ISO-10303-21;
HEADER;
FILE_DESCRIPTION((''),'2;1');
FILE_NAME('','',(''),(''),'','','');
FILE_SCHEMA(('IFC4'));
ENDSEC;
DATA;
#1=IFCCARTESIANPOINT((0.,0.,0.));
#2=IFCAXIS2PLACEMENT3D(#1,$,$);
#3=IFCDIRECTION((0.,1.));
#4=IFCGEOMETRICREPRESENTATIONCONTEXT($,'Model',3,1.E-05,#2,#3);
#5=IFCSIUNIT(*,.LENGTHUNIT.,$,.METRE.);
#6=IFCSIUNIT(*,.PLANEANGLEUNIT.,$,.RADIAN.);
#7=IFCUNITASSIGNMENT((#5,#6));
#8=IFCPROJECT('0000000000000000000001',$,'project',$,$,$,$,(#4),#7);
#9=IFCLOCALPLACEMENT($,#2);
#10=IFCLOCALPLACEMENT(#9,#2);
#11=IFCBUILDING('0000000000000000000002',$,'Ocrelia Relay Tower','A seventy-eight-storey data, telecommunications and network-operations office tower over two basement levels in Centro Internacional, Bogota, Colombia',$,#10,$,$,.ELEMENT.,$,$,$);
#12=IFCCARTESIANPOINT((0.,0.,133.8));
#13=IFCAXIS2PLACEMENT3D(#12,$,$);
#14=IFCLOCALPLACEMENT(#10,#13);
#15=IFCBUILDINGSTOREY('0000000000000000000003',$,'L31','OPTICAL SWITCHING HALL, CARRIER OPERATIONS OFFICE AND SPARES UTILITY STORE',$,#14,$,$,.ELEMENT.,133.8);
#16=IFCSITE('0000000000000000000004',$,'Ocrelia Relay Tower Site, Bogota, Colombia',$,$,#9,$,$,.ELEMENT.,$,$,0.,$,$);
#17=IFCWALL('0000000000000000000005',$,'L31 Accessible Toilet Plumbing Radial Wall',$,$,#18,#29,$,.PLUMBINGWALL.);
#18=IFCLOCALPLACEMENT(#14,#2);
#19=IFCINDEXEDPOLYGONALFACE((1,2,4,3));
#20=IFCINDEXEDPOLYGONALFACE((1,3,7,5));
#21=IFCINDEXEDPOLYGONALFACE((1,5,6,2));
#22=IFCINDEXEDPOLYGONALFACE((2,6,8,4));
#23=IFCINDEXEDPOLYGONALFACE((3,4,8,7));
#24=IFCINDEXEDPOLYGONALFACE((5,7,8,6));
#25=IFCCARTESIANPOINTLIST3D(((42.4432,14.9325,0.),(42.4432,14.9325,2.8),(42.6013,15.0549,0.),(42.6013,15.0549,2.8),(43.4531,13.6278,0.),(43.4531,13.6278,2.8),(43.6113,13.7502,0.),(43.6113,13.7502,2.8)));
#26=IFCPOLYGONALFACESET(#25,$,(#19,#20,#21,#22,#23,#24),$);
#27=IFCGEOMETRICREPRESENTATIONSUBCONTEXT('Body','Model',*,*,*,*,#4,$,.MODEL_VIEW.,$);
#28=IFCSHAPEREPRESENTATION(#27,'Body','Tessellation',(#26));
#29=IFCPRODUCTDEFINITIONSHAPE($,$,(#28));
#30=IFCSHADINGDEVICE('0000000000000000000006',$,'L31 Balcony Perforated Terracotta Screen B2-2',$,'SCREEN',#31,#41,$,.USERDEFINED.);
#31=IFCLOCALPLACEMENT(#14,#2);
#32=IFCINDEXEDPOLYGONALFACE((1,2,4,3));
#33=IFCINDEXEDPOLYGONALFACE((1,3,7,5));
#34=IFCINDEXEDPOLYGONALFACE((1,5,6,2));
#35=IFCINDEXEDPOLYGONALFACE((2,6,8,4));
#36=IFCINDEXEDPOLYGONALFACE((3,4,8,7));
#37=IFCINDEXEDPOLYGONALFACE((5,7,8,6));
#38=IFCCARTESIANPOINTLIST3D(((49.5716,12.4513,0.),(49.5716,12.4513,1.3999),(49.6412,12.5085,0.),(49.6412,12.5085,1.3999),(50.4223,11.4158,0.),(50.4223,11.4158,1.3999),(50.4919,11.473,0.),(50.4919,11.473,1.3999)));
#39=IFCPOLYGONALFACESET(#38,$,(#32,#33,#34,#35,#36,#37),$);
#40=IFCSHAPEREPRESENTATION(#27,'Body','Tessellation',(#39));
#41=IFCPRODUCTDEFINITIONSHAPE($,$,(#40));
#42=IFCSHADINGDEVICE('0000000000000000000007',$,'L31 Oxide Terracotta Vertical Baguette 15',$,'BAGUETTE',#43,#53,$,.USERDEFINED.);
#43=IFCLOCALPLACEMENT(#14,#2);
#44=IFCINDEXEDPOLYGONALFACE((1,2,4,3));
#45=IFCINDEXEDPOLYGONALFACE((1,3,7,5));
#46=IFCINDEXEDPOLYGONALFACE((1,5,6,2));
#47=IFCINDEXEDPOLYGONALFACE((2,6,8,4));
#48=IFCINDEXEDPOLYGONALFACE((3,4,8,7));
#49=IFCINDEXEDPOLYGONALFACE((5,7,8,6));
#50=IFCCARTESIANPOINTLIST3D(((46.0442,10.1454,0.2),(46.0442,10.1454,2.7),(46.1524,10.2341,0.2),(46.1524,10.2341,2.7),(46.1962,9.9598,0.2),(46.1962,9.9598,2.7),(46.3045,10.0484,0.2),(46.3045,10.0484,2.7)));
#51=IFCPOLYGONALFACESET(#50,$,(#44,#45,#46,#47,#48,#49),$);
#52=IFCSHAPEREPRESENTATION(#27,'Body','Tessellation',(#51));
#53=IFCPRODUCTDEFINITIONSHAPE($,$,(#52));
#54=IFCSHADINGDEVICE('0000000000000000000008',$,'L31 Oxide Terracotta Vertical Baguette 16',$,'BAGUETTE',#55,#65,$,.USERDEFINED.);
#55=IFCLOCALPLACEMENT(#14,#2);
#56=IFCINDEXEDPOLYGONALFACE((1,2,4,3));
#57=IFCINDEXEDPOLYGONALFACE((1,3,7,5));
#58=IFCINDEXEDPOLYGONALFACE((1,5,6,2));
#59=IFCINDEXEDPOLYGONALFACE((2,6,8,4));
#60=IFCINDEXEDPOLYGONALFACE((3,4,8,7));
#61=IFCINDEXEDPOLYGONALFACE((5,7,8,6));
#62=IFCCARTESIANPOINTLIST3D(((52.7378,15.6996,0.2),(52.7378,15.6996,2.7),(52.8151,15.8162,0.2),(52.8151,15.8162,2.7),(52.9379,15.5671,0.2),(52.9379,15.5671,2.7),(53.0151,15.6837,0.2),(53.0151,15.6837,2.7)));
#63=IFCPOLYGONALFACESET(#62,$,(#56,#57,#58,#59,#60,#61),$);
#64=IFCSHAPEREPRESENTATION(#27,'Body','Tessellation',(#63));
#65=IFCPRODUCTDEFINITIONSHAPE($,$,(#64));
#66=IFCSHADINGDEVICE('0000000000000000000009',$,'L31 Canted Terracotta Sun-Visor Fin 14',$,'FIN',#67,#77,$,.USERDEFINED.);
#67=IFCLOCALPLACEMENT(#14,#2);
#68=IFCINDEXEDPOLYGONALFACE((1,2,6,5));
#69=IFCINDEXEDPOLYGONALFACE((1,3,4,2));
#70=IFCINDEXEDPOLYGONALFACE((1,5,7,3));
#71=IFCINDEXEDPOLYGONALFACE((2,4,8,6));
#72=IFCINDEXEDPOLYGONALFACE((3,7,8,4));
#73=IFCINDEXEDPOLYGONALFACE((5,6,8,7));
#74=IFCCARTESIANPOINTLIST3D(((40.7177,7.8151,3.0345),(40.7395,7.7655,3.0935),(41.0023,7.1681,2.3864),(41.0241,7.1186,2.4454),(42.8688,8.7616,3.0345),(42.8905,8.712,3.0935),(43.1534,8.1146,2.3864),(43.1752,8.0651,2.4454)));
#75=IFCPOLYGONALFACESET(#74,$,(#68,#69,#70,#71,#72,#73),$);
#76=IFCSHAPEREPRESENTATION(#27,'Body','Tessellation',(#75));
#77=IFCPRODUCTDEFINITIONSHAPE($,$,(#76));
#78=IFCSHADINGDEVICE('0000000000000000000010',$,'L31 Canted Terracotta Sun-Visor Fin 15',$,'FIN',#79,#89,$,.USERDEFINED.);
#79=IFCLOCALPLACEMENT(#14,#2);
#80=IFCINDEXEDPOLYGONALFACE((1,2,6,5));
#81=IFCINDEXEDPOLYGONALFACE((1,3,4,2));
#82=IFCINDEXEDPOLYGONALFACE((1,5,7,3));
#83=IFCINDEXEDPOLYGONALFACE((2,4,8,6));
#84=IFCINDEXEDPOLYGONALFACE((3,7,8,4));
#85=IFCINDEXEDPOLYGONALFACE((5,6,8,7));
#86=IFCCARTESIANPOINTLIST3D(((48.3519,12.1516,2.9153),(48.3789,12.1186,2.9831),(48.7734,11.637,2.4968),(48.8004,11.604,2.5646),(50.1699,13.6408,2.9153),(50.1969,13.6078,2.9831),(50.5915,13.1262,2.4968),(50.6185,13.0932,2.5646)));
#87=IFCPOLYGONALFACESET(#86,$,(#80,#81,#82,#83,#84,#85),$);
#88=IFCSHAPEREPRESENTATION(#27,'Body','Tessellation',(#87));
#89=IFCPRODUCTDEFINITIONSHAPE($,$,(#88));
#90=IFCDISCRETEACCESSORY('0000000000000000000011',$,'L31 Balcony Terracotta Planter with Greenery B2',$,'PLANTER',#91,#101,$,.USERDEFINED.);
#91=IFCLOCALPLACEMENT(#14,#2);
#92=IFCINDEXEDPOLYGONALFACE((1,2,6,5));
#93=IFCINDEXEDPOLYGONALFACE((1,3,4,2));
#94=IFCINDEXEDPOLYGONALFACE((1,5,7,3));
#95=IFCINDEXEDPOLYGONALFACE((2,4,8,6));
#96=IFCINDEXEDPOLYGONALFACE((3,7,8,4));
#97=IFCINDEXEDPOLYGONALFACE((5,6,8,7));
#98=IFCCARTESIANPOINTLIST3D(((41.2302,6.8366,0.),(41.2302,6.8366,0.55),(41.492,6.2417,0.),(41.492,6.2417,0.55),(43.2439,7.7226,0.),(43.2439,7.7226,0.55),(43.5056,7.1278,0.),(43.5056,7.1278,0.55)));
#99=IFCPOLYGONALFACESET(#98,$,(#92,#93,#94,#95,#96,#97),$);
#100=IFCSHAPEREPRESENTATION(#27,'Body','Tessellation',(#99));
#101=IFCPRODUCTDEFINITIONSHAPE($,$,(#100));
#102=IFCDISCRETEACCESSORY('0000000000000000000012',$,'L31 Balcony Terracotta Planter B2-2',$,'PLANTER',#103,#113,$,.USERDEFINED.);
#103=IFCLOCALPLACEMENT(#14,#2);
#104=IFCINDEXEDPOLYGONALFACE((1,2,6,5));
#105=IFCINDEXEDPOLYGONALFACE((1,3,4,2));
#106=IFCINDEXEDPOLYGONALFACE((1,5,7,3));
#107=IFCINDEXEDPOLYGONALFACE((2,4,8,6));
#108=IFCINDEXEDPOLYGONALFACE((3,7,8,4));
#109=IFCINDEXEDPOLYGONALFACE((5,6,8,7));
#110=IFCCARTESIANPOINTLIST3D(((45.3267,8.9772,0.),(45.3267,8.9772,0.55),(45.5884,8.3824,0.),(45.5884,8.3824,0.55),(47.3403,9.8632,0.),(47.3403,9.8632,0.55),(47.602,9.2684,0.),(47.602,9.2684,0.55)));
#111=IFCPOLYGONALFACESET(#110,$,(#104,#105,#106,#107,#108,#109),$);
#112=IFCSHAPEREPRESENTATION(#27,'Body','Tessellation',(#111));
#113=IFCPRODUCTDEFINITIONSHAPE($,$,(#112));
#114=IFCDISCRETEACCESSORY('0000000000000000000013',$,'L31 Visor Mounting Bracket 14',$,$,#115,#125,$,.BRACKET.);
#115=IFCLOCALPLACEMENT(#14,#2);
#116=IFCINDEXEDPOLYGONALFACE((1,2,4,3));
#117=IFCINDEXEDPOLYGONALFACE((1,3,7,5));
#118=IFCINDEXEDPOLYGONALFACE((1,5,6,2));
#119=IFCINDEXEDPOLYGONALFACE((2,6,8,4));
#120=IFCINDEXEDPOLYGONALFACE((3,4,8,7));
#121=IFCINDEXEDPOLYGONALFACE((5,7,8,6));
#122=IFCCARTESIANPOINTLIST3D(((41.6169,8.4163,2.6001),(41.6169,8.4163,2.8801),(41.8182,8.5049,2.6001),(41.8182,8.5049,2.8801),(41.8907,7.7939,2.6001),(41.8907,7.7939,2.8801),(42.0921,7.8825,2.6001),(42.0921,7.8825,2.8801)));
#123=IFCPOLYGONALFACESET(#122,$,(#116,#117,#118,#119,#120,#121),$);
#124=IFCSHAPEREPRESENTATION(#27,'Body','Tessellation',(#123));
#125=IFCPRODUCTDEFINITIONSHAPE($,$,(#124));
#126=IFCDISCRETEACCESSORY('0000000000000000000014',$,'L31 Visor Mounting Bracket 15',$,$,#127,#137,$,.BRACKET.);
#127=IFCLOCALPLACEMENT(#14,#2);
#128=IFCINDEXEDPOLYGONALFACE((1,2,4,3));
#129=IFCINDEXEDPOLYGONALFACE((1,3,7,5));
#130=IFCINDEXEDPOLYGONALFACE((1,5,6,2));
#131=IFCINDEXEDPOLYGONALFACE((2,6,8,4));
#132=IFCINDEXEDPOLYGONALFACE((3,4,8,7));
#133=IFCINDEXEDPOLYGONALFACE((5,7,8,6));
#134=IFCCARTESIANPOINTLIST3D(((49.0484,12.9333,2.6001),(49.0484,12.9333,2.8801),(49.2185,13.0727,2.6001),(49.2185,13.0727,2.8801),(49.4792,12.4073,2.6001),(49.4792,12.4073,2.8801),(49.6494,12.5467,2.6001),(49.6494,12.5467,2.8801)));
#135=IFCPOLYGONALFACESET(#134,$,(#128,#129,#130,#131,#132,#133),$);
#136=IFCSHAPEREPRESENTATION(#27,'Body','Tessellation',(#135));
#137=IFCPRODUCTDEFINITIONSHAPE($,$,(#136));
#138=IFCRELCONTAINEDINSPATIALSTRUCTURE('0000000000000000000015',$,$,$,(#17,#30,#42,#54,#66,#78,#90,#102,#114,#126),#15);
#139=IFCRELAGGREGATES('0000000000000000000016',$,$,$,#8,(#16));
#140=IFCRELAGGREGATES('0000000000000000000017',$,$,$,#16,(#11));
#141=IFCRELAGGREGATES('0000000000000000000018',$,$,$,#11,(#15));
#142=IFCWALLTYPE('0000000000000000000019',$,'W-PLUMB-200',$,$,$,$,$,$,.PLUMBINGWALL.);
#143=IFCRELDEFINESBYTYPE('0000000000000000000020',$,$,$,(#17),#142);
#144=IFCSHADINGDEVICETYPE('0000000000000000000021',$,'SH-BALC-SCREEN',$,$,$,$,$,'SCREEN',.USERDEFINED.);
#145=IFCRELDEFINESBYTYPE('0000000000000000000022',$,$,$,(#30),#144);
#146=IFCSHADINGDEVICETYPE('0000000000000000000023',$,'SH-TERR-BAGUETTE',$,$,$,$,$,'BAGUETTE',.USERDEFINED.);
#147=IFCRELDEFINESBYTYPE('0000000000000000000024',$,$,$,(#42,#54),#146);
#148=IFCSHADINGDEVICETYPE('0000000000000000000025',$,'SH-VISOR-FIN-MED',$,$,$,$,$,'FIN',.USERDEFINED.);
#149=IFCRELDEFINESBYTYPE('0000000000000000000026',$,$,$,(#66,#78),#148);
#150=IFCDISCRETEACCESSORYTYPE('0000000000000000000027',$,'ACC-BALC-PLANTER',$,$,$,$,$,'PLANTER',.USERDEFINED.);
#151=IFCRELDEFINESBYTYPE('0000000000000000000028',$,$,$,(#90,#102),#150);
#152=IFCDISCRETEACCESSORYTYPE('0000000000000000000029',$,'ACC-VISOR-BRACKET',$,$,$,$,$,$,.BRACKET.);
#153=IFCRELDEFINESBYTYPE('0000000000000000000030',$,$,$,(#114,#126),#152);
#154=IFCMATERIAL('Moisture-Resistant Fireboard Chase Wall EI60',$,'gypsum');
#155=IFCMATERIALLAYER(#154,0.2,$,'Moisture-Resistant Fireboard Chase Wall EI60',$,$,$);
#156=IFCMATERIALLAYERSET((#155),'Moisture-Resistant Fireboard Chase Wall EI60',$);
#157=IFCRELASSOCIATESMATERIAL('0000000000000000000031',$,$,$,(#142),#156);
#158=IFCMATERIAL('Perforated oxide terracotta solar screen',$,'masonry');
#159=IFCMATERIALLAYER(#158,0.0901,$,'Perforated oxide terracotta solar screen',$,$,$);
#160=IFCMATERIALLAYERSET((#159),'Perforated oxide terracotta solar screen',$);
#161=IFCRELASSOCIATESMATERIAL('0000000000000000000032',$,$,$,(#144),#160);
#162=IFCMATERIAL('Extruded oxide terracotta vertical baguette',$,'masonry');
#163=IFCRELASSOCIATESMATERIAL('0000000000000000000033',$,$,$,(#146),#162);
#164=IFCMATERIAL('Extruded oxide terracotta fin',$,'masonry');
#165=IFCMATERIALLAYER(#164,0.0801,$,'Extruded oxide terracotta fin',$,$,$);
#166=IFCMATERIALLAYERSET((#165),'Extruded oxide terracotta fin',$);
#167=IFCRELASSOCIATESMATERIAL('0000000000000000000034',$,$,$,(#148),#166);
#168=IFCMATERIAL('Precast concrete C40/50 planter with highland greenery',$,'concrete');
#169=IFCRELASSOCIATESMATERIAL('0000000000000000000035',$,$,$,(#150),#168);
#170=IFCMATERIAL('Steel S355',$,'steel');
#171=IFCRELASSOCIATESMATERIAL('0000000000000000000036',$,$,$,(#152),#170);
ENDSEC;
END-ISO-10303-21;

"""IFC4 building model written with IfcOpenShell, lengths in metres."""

from ifc_helpers import new_model, si_unit, direction, frame, frame_2d, origin, origin_2d, place, context, subcontext, project, spatial, rectangle, extrude, material, layer, layer_set, type_object, element, save


model = new_model("IFC4")

# Units and contexts
model_context = context("Model", 3, precision=1e-05, world=origin(), true_north=direction((0.0, 1.0)))
body_context = subcontext(model_context, "Body", "Model", "MODEL_VIEW")
ifc_project = project(units=[si_unit("LENGTHUNIT", "METRE"), si_unit("PLANEANGLEUNIT", "RADIAN")], contexts=[model_context])

# Site, building, storey
site_placement = place(None, origin())
site = spatial("IfcSite", under=ifc_project, at=site_placement, Name="Ocrelia Relay Tower Site, Bogota, Colombia", CompositionType="ELEMENT", RefElevation=0.0)
building_placement = place(site_placement, origin())
building = spatial("IfcBuilding", under=site, at=building_placement, Name="Ocrelia Relay Tower", Description="A seventy-eight-storey data, telecommunications and network-operations office tower over two basement levels in Centro Internacional, Bogota, Colombia", CompositionType="ELEMENT")
storey_placement = place(building_placement, frame((0.0, 0.0, 133.8)))
storey = spatial("IfcBuildingStorey", under=building, at=storey_placement, Name="L31", Description="OPTICAL SWITCHING HALL, CARRIER OPERATIONS OFFICE AND SPARES UTILITY STORE", CompositionType="ELEMENT", Elevation=133.8)

# Shared definitions
ifc_material_1 = material(Name="Steel S355", Category="steel")

# Wall
ifc_material_2 = material(Name="Moisture-Resistant Fireboard Chase Wall EI60", Category="gypsum")
ifc_layer_1 = layer(ifc_material_2, 0.2, Name="Moisture-Resistant Fireboard Chase Wall EI60")
ifc_layer_set_1 = layer_set([ifc_layer_1], Name="Moisture-Resistant Fireboard Chase Wall EI60")
wall_type_1 = type_object("IfcWallType", Name="W-PLUMB-200", PredefinedType="PLUMBINGWALL", material=ifc_layer_set_1)
wall_1_placement = place(storey_placement, frame((42.5222, 14.9937, 0.0), z_axis=(0.0, 0.0, 1.0), x_axis=(0.612146, -0.790745, 0.0)))
element("IfcWall", 1, at=wall_1_placement, inside=storey, type_object=wall_type_1, Name="L31 Accessible Toilet Plumbing Radial Wall", PredefinedType="PLUMBINGWALL", context=body_context, shape_type="SweptSolid", body=[
    extrude(rectangle(XDim=1.6499, YDim=0.2, at=frame_2d((0.825, 0.0))), origin(), (0.0, 0.0, 1.0), 2.8),
])

# Shading devices
ifc_material_3 = material(Name="Perforated oxide terracotta solar screen", Category="masonry")
ifc_layer_2 = layer(ifc_material_3, 0.0901, Name="Perforated oxide terracotta solar screen")
ifc_layer_set_2 = layer_set([ifc_layer_2], Name="Perforated oxide terracotta solar screen")
shading_device_type_1 = type_object("IfcShadingDeviceType", Name="SH-BALC-SCREEN", ElementType="SCREEN", PredefinedType="USERDEFINED", material=ifc_layer_set_2)
shading_device_1_placement = place(storey_placement, frame((50.0317, 11.9622, 0.0), z_axis=(0.0, 0.0, 1.0), x_axis=(0.634811, -0.772667, 0.0)))
element("IfcShadingDevice", 2, at=shading_device_1_placement, inside=storey, type_object=shading_device_type_1, Name="L31 Balcony Perforated Terracotta Screen B2-2", ObjectType="SCREEN", PredefinedType="USERDEFINED", context=body_context, shape_type="SweptSolid", body=[
    extrude(rectangle(XDim=1.3401, YDim=0.0901, at=origin_2d()), origin(), (0.0, 0.0, 1.0), 1.3999),
])
ifc_material_4 = material(Name="Extruded oxide terracotta vertical baguette", Category="masonry")
shading_device_type_2 = type_object("IfcShadingDeviceType", Name="SH-TERR-BAGUETTE", ElementType="BAGUETTE", PredefinedType="USERDEFINED", material=ifc_material_4)
for number, where, z_axis, x_axis, name in (
    (3, (46.1743, 10.0969, 0.2), (0.0, 0.0, 1.0), (0.773602, 0.633672, 0.0), "L31 Oxide Terracotta Vertical Baguette 15"),
    (4, (52.8765, 15.6917, 0.2), (0.0, 0.0, 1.0), (0.552406, 0.833575, 0.0), "L31 Oxide Terracotta Vertical Baguette 16"),
):
    element("IfcShadingDevice", number, at=place(storey_placement, frame(where, z_axis=z_axis, x_axis=x_axis)), inside=storey, type_object=shading_device_type_2, Name=name, ObjectType="BAGUETTE", PredefinedType="USERDEFINED", context=body_context, shape_type="SweptSolid", body=[
        extrude(rectangle(XDim=0.1399, YDim=0.24, at=origin_2d()), origin(), (0.0, 0.0, 1.0), 2.5),
    ])
ifc_material_5 = material(Name="Extruded oxide terracotta fin", Category="masonry")
ifc_layer_3 = layer(ifc_material_5, 0.0801, Name="Extruded oxide terracotta fin")
ifc_layer_set_3 = layer_set([ifc_layer_3], Name="Extruded oxide terracotta fin")
shading_device_type_3 = type_object("IfcShadingDeviceType", Name="SH-VISOR-FIN-MED", ElementType="FIN", PredefinedType="USERDEFINED", material=ifc_layer_set_3)
shading_device_2_placement = place(storey_placement, frame((41.9355, 7.9648, 2.7104), z_axis=(0.272194, -0.618611, 0.737041), x_axis=(0.915312, 0.402745, 0.0)))
element("IfcShadingDevice", 5, at=shading_device_2_placement, inside=storey, type_object=shading_device_type_3, Name="L31 Canted Terracotta Sun-Visor Fin 14", ObjectType="FIN", PredefinedType="USERDEFINED", context=body_context, shape_type="SweptSolid", body=[
    extrude(rectangle(XDim=2.3501, YDim=0.959, at=origin_2d()), origin(), (0.0, 0.0, 1.0), 0.0801),
])
shading_device_3_placement = place(storey_placement, frame((49.4717, 12.6389, 2.7061), z_axis=(0.337388, -0.411891, 0.846472), x_axis=(0.773602, 0.633672, 0.0)))
element("IfcShadingDevice", 6, at=shading_device_3_placement, inside=storey, type_object=shading_device_type_3, Name="L31 Canted Terracotta Sun-Visor Fin 15", ObjectType="FIN", PredefinedType="USERDEFINED", context=body_context, shape_type="SweptSolid", body=[
    extrude(rectangle(XDim=2.3501, YDim=0.7859, at=origin_2d()), origin(), (0.0, 0.0, 1.0), 0.0801),
])

# Discrete accessories
ifc_material_6 = material(Name="Precast concrete C40/50 planter with highland greenery", Category="concrete")
discrete_accessory_type_1 = type_object("IfcDiscreteAccessoryType", Name="ACC-BALC-PLANTER", ElementType="PLANTER", PredefinedType="USERDEFINED", material=ifc_material_6)
for number, where, z_axis, x_axis, name in (
    (7, (42.3679, 6.9822, 0.0), (0.0, 0.0, 1.0), (-0.915313, -0.402744, 0.0), "L31 Balcony Terracotta Planter with Greenery B2"),
    (8, (46.4644, 9.1228, 0.0), (0.0, 0.0, 1.0), (-0.915313, -0.402744, 0.0), "L31 Balcony Terracotta Planter B2-2"),
):
    element("IfcDiscreteAccessory", number, at=place(storey_placement, frame(where, z_axis=z_axis, x_axis=x_axis)), inside=storey, type_object=discrete_accessory_type_1, Name=name, ObjectType="PLANTER", PredefinedType="USERDEFINED", context=body_context, shape_type="SweptSolid", body=[
        extrude(rectangle(XDim=2.2, YDim=0.6499, at=origin_2d()), origin(), (0.0, 0.0, 1.0), 0.55),
    ])
discrete_accessory_type_2 = type_object("IfcDiscreteAccessoryType", Name="ACC-VISOR-BRACKET", PredefinedType="BRACKET", material=ifc_material_1)
for number, where, z_axis, x_axis, name in (
    (9, (41.8545, 8.1494, 2.6001), (0.0, 0.0, 1.0), (0.915312, 0.402745, 0.0), "L31 Visor Mounting Bracket 14"),
    (10, (49.3489, 12.74, 2.6001), (0.0, 0.0, 1.0), (0.773602, 0.633672, 0.0), "L31 Visor Mounting Bracket 15"),
):
    element("IfcDiscreteAccessory", number, at=place(storey_placement, frame(where, z_axis=z_axis, x_axis=x_axis)), inside=storey, type_object=discrete_accessory_type_2, Name=name, PredefinedType="BRACKET", context=body_context, shape_type="SweptSolid", body=[
        extrude(rectangle(XDim=0.22, YDim=0.6799, at=origin_2d()), origin(), (0.0, 0.0, 1.0), 0.28),
    ])

save(model, "model.ifc")
